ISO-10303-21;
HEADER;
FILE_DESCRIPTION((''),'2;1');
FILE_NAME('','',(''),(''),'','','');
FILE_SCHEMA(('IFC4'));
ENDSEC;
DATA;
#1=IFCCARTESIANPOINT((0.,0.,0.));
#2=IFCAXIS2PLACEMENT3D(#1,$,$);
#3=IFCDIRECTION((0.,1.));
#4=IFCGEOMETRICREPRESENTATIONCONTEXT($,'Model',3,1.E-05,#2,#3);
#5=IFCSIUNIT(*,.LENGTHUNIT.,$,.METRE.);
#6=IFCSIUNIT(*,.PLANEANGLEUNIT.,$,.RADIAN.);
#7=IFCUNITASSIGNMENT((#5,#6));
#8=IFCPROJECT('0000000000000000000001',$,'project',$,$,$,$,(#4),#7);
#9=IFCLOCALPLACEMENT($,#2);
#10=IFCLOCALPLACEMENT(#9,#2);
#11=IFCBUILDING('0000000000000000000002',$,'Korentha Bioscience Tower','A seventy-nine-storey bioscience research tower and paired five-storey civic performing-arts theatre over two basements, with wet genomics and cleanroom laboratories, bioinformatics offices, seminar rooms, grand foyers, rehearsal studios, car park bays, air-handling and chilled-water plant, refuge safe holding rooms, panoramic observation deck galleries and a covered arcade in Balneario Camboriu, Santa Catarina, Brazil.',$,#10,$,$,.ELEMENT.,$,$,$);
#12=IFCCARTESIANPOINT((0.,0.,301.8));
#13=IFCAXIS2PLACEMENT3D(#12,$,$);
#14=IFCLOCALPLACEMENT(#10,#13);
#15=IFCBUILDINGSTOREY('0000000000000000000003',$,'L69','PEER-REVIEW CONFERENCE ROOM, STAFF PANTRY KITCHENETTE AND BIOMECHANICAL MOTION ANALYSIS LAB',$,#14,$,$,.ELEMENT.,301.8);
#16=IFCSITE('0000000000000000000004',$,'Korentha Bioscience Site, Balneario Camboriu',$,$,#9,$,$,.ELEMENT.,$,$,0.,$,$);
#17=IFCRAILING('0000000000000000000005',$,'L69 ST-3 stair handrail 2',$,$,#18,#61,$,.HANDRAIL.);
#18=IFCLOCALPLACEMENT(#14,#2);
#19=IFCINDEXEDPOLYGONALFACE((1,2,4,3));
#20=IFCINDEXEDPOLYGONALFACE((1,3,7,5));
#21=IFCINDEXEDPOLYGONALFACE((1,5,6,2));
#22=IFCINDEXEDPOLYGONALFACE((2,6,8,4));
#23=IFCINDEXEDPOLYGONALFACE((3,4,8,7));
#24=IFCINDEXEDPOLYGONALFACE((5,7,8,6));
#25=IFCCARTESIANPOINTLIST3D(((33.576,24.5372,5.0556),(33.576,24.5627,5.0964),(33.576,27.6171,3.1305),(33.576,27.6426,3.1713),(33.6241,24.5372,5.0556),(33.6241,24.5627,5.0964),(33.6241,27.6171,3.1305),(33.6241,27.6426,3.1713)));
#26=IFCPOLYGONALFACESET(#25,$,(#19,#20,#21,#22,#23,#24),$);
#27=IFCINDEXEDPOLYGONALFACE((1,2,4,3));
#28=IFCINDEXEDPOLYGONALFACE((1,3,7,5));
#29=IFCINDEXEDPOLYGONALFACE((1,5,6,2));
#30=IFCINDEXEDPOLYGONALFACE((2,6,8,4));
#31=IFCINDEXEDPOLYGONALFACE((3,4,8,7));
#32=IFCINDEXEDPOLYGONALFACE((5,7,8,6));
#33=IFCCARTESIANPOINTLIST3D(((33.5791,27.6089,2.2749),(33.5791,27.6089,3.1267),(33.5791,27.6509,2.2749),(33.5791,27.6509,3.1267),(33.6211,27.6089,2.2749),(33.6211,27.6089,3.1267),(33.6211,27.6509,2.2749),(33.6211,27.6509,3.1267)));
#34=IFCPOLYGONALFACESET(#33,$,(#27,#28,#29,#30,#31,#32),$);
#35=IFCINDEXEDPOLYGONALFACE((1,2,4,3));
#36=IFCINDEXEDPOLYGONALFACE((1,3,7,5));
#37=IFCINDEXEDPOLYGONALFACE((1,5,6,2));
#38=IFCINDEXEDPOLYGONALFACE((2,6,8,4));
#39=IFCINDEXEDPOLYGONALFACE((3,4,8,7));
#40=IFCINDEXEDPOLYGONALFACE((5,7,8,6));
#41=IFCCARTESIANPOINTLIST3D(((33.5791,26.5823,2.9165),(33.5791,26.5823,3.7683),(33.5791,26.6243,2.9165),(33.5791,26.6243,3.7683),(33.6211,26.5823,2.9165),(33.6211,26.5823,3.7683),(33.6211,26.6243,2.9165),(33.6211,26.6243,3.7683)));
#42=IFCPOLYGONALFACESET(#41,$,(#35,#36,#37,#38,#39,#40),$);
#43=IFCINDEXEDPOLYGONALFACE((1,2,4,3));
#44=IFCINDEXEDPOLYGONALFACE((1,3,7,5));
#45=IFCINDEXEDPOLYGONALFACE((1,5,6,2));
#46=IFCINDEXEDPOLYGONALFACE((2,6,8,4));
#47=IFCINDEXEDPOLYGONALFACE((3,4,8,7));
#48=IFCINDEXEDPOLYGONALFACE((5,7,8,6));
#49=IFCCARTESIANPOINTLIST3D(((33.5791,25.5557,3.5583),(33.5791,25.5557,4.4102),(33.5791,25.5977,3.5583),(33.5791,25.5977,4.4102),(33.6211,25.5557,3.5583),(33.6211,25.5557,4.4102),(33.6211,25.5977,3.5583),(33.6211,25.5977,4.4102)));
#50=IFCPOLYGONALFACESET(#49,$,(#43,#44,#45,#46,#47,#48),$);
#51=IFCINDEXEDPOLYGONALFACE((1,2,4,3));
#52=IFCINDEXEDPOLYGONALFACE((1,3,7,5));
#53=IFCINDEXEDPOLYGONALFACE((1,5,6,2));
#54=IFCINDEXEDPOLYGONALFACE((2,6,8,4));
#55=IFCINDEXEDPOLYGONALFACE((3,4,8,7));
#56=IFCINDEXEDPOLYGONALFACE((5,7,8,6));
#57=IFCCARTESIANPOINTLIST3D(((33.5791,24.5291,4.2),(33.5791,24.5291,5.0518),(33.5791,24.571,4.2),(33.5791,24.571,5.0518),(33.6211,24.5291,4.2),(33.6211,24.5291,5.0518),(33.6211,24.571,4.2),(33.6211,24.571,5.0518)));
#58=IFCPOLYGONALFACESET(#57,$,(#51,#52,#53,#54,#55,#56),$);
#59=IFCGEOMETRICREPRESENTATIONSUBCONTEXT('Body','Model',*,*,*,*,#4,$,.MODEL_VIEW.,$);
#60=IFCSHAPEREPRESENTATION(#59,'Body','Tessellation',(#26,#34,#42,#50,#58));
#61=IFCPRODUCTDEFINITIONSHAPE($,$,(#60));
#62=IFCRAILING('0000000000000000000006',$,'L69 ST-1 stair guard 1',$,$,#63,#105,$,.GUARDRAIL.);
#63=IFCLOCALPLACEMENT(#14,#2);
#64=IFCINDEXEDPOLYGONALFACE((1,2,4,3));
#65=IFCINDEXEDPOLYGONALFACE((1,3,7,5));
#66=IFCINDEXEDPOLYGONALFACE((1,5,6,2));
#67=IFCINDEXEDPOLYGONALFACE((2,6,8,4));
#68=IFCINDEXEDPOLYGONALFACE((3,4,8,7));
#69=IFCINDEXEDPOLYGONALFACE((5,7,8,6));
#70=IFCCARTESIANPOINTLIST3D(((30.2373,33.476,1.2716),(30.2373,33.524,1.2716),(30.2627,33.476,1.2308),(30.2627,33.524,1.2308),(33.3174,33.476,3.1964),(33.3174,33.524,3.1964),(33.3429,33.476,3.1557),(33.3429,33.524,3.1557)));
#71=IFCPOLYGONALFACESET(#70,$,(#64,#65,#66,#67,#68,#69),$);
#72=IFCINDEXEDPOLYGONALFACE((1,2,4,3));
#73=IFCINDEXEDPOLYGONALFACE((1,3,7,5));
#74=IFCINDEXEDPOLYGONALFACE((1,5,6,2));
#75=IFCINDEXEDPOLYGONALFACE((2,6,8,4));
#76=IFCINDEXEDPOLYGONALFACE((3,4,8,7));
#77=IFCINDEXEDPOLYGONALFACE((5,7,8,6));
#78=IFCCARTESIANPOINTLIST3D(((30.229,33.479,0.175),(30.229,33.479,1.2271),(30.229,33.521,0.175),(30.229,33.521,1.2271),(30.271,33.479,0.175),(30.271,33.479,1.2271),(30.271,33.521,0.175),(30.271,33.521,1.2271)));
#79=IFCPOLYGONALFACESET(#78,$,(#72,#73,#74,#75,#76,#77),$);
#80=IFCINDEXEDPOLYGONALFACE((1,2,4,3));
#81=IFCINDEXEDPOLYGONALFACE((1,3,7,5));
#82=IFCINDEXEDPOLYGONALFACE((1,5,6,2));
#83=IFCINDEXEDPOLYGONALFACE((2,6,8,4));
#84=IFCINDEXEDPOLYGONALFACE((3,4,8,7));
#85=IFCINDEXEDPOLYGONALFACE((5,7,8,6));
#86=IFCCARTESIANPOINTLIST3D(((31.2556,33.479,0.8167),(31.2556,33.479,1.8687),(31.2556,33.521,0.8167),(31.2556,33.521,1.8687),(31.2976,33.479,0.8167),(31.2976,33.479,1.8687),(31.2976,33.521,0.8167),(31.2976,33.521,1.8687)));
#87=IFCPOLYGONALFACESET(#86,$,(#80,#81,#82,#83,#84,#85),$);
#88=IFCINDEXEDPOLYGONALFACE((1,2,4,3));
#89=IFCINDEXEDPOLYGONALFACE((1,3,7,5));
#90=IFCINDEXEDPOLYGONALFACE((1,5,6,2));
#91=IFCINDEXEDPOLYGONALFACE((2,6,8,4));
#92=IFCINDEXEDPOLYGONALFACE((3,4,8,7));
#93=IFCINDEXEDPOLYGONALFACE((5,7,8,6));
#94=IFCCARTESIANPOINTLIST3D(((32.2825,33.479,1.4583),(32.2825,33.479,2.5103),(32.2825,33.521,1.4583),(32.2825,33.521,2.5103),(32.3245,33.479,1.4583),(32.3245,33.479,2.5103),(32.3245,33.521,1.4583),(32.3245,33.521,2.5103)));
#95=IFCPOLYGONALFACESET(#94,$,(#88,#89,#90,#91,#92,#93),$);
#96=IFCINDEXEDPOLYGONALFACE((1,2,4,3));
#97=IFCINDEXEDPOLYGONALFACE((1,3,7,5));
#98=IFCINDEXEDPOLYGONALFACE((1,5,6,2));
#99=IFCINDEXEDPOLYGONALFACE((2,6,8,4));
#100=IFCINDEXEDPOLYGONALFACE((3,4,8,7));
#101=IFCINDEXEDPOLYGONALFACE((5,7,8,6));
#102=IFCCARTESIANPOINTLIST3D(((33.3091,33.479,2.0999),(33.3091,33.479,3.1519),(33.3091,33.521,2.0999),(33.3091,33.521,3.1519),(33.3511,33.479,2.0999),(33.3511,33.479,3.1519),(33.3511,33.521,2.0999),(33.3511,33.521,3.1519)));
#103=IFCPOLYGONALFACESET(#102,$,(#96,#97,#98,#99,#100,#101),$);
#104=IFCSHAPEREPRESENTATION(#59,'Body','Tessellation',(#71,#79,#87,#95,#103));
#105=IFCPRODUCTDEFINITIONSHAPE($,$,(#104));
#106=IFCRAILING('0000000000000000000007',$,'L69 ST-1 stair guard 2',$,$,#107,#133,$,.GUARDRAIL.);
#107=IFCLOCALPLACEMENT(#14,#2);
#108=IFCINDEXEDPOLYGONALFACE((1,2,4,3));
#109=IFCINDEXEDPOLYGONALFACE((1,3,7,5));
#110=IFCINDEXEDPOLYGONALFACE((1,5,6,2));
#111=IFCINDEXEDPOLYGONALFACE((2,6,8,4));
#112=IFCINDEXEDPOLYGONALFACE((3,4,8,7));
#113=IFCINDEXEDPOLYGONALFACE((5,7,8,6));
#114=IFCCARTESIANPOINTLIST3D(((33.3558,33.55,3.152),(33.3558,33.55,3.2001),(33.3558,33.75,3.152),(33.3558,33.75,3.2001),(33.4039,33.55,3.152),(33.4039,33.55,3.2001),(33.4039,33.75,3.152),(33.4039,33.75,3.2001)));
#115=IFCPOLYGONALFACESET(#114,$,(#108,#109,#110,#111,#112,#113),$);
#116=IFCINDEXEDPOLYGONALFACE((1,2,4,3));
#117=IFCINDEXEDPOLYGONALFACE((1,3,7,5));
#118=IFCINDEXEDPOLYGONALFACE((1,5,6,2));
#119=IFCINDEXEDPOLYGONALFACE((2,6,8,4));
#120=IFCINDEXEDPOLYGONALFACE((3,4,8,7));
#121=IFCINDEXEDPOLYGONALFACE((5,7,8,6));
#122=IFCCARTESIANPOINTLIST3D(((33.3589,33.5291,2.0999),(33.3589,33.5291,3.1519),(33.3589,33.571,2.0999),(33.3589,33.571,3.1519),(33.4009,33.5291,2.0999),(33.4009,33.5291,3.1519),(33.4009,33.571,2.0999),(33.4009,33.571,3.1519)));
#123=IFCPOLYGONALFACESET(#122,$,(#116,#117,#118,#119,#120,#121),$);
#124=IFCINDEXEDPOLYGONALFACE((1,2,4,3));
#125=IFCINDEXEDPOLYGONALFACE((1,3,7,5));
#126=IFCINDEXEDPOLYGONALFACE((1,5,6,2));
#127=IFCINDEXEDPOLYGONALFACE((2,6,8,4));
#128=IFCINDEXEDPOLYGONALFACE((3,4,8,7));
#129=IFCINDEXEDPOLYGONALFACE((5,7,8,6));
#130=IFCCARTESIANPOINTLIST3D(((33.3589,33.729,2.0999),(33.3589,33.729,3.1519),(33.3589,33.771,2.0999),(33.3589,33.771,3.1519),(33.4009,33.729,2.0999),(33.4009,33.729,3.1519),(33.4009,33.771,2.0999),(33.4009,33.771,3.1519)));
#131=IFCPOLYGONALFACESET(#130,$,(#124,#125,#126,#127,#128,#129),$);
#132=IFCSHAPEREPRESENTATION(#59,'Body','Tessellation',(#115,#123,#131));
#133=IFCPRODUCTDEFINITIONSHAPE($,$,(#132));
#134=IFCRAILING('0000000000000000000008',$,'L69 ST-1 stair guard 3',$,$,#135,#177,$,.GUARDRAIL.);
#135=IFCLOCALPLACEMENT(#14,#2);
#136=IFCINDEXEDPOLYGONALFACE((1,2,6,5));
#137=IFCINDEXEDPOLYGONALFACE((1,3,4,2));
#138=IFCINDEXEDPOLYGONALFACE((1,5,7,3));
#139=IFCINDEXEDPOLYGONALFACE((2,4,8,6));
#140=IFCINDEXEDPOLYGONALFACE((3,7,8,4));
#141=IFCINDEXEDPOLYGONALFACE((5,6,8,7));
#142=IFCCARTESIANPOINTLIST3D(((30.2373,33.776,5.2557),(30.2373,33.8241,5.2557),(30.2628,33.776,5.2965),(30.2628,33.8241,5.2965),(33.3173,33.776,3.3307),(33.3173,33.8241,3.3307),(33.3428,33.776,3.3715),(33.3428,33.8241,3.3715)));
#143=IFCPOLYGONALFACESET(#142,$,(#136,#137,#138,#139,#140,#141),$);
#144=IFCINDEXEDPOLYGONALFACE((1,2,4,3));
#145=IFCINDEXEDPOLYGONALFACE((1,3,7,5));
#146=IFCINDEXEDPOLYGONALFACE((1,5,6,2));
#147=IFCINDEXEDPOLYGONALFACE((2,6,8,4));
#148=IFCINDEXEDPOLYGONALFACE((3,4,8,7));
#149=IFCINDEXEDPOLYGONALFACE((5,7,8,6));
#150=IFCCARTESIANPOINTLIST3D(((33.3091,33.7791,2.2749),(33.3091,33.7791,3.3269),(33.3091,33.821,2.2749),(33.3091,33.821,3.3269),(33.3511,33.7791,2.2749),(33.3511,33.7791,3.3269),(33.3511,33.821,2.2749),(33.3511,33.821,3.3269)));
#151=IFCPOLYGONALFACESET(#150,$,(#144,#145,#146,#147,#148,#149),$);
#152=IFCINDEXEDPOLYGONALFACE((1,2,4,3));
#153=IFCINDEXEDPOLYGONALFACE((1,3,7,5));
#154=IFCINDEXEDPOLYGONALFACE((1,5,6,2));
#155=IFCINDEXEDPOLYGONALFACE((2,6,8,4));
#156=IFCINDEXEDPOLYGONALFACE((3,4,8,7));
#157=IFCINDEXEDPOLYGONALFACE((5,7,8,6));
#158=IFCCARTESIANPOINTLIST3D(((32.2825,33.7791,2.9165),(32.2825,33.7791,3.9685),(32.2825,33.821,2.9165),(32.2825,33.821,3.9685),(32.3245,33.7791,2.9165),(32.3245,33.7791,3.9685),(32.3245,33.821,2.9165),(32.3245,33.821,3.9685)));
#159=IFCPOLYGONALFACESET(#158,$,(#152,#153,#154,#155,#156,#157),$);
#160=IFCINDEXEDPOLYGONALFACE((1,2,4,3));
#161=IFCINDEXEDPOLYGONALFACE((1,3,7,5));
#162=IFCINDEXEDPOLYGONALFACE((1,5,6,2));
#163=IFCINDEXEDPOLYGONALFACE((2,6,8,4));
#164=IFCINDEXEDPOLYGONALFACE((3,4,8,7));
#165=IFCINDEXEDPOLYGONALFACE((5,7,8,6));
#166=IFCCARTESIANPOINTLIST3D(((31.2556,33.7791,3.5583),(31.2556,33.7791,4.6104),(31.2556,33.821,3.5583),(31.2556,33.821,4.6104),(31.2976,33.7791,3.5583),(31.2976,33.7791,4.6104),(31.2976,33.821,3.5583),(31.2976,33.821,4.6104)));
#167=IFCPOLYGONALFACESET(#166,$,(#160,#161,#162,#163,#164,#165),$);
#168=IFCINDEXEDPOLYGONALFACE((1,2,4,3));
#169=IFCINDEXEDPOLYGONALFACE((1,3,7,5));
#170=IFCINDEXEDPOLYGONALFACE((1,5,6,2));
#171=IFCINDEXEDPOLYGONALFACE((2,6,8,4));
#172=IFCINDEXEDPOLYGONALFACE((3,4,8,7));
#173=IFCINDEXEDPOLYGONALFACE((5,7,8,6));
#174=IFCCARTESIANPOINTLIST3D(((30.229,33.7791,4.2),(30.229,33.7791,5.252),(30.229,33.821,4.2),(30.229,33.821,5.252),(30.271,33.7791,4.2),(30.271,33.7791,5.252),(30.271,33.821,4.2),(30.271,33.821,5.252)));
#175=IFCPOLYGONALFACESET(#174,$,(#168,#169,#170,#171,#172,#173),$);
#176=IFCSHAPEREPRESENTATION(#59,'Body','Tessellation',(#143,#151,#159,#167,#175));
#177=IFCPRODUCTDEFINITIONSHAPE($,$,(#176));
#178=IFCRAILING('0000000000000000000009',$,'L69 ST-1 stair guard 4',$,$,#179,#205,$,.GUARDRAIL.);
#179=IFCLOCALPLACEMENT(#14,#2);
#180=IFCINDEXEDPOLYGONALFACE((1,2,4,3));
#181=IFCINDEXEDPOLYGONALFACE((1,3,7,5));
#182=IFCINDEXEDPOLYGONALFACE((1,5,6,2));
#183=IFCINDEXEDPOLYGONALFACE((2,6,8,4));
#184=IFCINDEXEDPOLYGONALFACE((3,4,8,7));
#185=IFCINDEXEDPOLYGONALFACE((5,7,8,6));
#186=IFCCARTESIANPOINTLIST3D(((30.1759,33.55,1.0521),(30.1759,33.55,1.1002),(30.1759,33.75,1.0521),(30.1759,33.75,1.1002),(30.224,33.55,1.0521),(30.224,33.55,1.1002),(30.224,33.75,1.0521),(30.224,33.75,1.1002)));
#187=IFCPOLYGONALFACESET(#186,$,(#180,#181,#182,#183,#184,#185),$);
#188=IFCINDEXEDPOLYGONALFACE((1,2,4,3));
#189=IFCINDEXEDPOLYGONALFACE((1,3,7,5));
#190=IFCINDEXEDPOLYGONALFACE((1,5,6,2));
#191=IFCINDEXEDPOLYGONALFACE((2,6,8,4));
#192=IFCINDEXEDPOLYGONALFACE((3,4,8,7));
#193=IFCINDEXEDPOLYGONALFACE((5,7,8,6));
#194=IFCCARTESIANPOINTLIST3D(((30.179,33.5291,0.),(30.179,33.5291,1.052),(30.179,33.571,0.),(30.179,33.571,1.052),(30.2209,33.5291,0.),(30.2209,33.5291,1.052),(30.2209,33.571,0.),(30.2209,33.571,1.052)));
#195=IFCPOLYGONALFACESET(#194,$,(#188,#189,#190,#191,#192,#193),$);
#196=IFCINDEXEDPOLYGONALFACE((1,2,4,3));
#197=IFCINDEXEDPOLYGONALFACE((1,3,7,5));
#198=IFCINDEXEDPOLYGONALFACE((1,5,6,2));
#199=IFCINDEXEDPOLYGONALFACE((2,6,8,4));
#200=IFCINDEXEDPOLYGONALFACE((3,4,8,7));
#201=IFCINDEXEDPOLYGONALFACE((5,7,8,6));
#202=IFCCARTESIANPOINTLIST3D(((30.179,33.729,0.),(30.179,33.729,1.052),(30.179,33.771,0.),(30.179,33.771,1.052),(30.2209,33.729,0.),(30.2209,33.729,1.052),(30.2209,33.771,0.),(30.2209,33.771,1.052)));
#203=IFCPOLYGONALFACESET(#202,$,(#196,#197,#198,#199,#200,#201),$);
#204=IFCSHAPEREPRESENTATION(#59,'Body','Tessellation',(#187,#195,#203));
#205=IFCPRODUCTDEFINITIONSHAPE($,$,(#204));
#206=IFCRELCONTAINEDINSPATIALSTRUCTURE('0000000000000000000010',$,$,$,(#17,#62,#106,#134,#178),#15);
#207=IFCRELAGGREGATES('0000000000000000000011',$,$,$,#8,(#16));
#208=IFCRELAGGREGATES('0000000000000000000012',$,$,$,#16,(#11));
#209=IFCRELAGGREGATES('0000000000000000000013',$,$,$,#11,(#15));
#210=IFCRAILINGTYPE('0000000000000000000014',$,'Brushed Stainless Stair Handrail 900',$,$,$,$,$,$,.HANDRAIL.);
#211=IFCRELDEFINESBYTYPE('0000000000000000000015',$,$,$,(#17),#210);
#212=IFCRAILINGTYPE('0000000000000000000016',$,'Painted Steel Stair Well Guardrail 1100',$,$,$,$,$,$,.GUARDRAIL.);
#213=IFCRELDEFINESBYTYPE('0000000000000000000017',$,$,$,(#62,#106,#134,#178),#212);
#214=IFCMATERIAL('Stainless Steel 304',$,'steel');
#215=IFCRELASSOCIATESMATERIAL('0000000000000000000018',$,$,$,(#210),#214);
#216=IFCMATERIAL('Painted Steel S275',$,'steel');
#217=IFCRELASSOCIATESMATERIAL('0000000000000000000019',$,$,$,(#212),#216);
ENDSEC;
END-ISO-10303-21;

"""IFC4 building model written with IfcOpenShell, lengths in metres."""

from ifc_helpers import new_model, si_unit, direction, frame, origin, origin_2d, place, context, subcontext, project, spatial, rectangle, extrude, material, type_object, element, save


model = new_model("IFC4")

# Units and contexts
model_context = context("Model", 3, precision=1e-05, world=origin(), true_north=direction((0.0, 1.0)))
body_context = subcontext(model_context, "Body", "Model", "MODEL_VIEW")
ifc_project = project(units=[si_unit("LENGTHUNIT", "METRE"), si_unit("PLANEANGLEUNIT", "RADIAN")], contexts=[model_context])

# Site, building, storey
site_placement = place(None, origin())
site = spatial("IfcSite", under=ifc_project, at=site_placement, Name="Korentha Bioscience Site, Balneario Camboriu", CompositionType="ELEMENT", RefElevation=0.0)
building_placement = place(site_placement, origin())
building = spatial("IfcBuilding", under=site, at=building_placement, Name="Korentha Bioscience Tower", Description="A seventy-nine-storey bioscience research tower and paired five-storey civic performing-arts theatre over two basements, with wet genomics and cleanroom laboratories, bioinformatics offices, seminar rooms, grand foyers, rehearsal studios, car park bays, air-handling and chilled-water plant, refuge safe holding rooms, panoramic observation deck galleries and a covered arcade in Balneario Camboriu, Santa Catarina, Brazil.", CompositionType="ELEMENT")
storey_placement = place(building_placement, frame((0.0, 0.0, 301.8)))
storey = spatial("IfcBuildingStorey", under=building, at=storey_placement, Name="L69", Description="PEER-REVIEW CONFERENCE ROOM, STAFF PANTRY KITCHENETTE AND BIOMECHANICAL MOTION ANALYSIS LAB", CompositionType="ELEMENT", Elevation=301.8)

# Railings
ifc_material_1 = material(Name="Stainless Steel 304", Category="steel")
railing_type_1 = type_object("IfcRailingType", Name="Brushed Stainless Stair Handrail 900", PredefinedType="HANDRAIL", material=ifc_material_1)
railing_1_placement = place(storey_placement, frame((33.6001, 27.6299, 2.2749)))
element("IfcRailing", 1, at=railing_1_placement, inside=storey, type_object=railing_type_1, Name="L69 ST-3 stair handrail 2", PredefinedType="HANDRAIL", context=body_context, shape_type="SweptSolid", body=[
    extrude(rectangle(XDim=0.0481, YDim=0.0481, at=origin_2d()), frame((0.0, 0.0, 0.876), z_axis=(0.0, -0.847979, 0.530029), x_axis=(1.0, 0.0, 0.0)), (0.0, 0.0, 1.0), 3.6321),
    extrude(rectangle(XDim=0.042, YDim=0.042, at=origin_2d()), origin(), (0.0, 0.0, 1.0), 0.8518),
    extrude(rectangle(XDim=0.042, YDim=0.042, at=origin_2d()), frame((0.0, -1.0266, 0.6416)), (0.0, 0.0, 1.0), 0.8518),
    extrude(rectangle(XDim=0.042, YDim=0.042, at=origin_2d()), frame((0.0, -2.0532, 1.2834)), (0.0, 0.0, 1.0), 0.8518),
    extrude(rectangle(XDim=0.042, YDim=0.042, at=origin_2d()), frame((0.0, -3.0798, 1.925)), (0.0, 0.0, 1.0), 0.8518),
])
ifc_material_2 = material(Name="Painted Steel S275", Category="steel")
railing_type_2 = type_object("IfcRailingType", Name="Painted Steel Stair Well Guardrail 1100", PredefinedType="GUARDRAIL", material=ifc_material_2)
railing_2_placement = place(storey_placement, frame((30.25, 33.5, 0.175)))
element("IfcRailing", 2, at=railing_2_placement, inside=storey, type_object=railing_type_2, Name="L69 ST-1 stair guard 1", PredefinedType="GUARDRAIL", context=body_context, shape_type="SweptSolid", body=[
    extrude(rectangle(XDim=0.0481, YDim=0.0481, at=origin_2d()), frame((0.0, 0.0, 1.0762), z_axis=(0.848029, 0.0, 0.529951), x_axis=(0.0, 1.0, 0.0)), (0.0, 0.0, 1.0), 3.6321),
    extrude(rectangle(XDim=0.042, YDim=0.042, at=origin_2d()), origin(), (0.0, 0.0, 1.0), 1.052),
    extrude(rectangle(XDim=0.042, YDim=0.042, at=origin_2d()), frame((1.0266, 0.0, 0.6416)), (0.0, 0.0, 1.0), 1.052),
    extrude(rectangle(XDim=0.042, YDim=0.042, at=origin_2d()), frame((2.0535, 0.0, 1.2832)), (0.0, 0.0, 1.0), 1.052),
    extrude(rectangle(XDim=0.042, YDim=0.042, at=origin_2d()), frame((3.0801, 0.0, 1.9248)), (0.0, 0.0, 1.0), 1.052),
])
railing_3_placement = place(storey_placement, frame((33.3799, 33.55, 2.0999)))
element("IfcRailing", 3, at=railing_3_placement, inside=storey, type_object=railing_type_2, Name="L69 ST-1 stair guard 2", PredefinedType="GUARDRAIL", context=body_context, shape_type="SweptSolid", body=[
    extrude(rectangle(XDim=0.0481, YDim=0.0481, at=origin_2d()), frame((0.0, 0.0, 1.0762), z_axis=(0.0, 1.0, 0.0), x_axis=(-1.0, 0.0, 0.0)), (0.0, 0.0, 1.0), 0.2),
    extrude(rectangle(XDim=0.042, YDim=0.042, at=origin_2d()), origin(), (0.0, 0.0, 1.0), 1.052),
    extrude(rectangle(XDim=0.042, YDim=0.042, at=origin_2d()), frame((0.0, 0.2, 0.0)), (0.0, 0.0, 1.0), 1.052),
])
railing_4_placement = place(storey_placement, frame((33.3301, 33.8, 2.2749)))
element("IfcRailing", 4, at=railing_4_placement, inside=storey, type_object=railing_type_2, Name="L69 ST-1 stair guard 3", PredefinedType="GUARDRAIL", context=body_context, shape_type="SweptSolid", body=[
    extrude(rectangle(XDim=0.0481, YDim=0.0481, at=origin_2d()), frame((0.0, 0.0, 1.0762), z_axis=(-0.847998, 0.0, 0.529999), x_axis=(0.0, -1.0, 0.0)), (0.0, 0.0, 1.0), 3.6321),
    extrude(rectangle(XDim=0.042, YDim=0.042, at=origin_2d()), origin(), (0.0, 0.0, 1.0), 1.052),
    extrude(rectangle(XDim=0.042, YDim=0.042, at=origin_2d()), frame((-1.0266, 0.0, 0.6416)), (0.0, 0.0, 1.0), 1.052),
    extrude(rectangle(XDim=0.042, YDim=0.042, at=origin_2d()), frame((-2.0535, 0.0, 1.2834)), (0.0, 0.0, 1.0), 1.052),
    extrude(rectangle(XDim=0.042, YDim=0.042, at=origin_2d()), frame((-3.0801, 0.0, 1.925)), (0.0, 0.0, 1.0), 1.052),
])
railing_5_placement = place(storey_placement, frame((30.2, 33.55, 0.0)))
element("IfcRailing", 5, at=railing_5_placement, inside=storey, type_object=railing_type_2, Name="L69 ST-1 stair guard 4", PredefinedType="GUARDRAIL", context=body_context, shape_type="SweptSolid", body=[
    extrude(rectangle(XDim=0.0481, YDim=0.0481, at=origin_2d()), frame((0.0, 0.0, 1.0762), z_axis=(0.0, 1.0, 0.0), x_axis=(-1.0, 0.0, 0.0)), (0.0, 0.0, 1.0), 0.2),
    extrude(rectangle(XDim=0.042, YDim=0.042, at=origin_2d()), origin(), (0.0, 0.0, 1.0), 1.052),
    extrude(rectangle(XDim=0.042, YDim=0.042, at=origin_2d()), frame((0.0, 0.2, 0.0)), (0.0, 0.0, 1.0), 1.052),
])

save(model, "model.ifc")
